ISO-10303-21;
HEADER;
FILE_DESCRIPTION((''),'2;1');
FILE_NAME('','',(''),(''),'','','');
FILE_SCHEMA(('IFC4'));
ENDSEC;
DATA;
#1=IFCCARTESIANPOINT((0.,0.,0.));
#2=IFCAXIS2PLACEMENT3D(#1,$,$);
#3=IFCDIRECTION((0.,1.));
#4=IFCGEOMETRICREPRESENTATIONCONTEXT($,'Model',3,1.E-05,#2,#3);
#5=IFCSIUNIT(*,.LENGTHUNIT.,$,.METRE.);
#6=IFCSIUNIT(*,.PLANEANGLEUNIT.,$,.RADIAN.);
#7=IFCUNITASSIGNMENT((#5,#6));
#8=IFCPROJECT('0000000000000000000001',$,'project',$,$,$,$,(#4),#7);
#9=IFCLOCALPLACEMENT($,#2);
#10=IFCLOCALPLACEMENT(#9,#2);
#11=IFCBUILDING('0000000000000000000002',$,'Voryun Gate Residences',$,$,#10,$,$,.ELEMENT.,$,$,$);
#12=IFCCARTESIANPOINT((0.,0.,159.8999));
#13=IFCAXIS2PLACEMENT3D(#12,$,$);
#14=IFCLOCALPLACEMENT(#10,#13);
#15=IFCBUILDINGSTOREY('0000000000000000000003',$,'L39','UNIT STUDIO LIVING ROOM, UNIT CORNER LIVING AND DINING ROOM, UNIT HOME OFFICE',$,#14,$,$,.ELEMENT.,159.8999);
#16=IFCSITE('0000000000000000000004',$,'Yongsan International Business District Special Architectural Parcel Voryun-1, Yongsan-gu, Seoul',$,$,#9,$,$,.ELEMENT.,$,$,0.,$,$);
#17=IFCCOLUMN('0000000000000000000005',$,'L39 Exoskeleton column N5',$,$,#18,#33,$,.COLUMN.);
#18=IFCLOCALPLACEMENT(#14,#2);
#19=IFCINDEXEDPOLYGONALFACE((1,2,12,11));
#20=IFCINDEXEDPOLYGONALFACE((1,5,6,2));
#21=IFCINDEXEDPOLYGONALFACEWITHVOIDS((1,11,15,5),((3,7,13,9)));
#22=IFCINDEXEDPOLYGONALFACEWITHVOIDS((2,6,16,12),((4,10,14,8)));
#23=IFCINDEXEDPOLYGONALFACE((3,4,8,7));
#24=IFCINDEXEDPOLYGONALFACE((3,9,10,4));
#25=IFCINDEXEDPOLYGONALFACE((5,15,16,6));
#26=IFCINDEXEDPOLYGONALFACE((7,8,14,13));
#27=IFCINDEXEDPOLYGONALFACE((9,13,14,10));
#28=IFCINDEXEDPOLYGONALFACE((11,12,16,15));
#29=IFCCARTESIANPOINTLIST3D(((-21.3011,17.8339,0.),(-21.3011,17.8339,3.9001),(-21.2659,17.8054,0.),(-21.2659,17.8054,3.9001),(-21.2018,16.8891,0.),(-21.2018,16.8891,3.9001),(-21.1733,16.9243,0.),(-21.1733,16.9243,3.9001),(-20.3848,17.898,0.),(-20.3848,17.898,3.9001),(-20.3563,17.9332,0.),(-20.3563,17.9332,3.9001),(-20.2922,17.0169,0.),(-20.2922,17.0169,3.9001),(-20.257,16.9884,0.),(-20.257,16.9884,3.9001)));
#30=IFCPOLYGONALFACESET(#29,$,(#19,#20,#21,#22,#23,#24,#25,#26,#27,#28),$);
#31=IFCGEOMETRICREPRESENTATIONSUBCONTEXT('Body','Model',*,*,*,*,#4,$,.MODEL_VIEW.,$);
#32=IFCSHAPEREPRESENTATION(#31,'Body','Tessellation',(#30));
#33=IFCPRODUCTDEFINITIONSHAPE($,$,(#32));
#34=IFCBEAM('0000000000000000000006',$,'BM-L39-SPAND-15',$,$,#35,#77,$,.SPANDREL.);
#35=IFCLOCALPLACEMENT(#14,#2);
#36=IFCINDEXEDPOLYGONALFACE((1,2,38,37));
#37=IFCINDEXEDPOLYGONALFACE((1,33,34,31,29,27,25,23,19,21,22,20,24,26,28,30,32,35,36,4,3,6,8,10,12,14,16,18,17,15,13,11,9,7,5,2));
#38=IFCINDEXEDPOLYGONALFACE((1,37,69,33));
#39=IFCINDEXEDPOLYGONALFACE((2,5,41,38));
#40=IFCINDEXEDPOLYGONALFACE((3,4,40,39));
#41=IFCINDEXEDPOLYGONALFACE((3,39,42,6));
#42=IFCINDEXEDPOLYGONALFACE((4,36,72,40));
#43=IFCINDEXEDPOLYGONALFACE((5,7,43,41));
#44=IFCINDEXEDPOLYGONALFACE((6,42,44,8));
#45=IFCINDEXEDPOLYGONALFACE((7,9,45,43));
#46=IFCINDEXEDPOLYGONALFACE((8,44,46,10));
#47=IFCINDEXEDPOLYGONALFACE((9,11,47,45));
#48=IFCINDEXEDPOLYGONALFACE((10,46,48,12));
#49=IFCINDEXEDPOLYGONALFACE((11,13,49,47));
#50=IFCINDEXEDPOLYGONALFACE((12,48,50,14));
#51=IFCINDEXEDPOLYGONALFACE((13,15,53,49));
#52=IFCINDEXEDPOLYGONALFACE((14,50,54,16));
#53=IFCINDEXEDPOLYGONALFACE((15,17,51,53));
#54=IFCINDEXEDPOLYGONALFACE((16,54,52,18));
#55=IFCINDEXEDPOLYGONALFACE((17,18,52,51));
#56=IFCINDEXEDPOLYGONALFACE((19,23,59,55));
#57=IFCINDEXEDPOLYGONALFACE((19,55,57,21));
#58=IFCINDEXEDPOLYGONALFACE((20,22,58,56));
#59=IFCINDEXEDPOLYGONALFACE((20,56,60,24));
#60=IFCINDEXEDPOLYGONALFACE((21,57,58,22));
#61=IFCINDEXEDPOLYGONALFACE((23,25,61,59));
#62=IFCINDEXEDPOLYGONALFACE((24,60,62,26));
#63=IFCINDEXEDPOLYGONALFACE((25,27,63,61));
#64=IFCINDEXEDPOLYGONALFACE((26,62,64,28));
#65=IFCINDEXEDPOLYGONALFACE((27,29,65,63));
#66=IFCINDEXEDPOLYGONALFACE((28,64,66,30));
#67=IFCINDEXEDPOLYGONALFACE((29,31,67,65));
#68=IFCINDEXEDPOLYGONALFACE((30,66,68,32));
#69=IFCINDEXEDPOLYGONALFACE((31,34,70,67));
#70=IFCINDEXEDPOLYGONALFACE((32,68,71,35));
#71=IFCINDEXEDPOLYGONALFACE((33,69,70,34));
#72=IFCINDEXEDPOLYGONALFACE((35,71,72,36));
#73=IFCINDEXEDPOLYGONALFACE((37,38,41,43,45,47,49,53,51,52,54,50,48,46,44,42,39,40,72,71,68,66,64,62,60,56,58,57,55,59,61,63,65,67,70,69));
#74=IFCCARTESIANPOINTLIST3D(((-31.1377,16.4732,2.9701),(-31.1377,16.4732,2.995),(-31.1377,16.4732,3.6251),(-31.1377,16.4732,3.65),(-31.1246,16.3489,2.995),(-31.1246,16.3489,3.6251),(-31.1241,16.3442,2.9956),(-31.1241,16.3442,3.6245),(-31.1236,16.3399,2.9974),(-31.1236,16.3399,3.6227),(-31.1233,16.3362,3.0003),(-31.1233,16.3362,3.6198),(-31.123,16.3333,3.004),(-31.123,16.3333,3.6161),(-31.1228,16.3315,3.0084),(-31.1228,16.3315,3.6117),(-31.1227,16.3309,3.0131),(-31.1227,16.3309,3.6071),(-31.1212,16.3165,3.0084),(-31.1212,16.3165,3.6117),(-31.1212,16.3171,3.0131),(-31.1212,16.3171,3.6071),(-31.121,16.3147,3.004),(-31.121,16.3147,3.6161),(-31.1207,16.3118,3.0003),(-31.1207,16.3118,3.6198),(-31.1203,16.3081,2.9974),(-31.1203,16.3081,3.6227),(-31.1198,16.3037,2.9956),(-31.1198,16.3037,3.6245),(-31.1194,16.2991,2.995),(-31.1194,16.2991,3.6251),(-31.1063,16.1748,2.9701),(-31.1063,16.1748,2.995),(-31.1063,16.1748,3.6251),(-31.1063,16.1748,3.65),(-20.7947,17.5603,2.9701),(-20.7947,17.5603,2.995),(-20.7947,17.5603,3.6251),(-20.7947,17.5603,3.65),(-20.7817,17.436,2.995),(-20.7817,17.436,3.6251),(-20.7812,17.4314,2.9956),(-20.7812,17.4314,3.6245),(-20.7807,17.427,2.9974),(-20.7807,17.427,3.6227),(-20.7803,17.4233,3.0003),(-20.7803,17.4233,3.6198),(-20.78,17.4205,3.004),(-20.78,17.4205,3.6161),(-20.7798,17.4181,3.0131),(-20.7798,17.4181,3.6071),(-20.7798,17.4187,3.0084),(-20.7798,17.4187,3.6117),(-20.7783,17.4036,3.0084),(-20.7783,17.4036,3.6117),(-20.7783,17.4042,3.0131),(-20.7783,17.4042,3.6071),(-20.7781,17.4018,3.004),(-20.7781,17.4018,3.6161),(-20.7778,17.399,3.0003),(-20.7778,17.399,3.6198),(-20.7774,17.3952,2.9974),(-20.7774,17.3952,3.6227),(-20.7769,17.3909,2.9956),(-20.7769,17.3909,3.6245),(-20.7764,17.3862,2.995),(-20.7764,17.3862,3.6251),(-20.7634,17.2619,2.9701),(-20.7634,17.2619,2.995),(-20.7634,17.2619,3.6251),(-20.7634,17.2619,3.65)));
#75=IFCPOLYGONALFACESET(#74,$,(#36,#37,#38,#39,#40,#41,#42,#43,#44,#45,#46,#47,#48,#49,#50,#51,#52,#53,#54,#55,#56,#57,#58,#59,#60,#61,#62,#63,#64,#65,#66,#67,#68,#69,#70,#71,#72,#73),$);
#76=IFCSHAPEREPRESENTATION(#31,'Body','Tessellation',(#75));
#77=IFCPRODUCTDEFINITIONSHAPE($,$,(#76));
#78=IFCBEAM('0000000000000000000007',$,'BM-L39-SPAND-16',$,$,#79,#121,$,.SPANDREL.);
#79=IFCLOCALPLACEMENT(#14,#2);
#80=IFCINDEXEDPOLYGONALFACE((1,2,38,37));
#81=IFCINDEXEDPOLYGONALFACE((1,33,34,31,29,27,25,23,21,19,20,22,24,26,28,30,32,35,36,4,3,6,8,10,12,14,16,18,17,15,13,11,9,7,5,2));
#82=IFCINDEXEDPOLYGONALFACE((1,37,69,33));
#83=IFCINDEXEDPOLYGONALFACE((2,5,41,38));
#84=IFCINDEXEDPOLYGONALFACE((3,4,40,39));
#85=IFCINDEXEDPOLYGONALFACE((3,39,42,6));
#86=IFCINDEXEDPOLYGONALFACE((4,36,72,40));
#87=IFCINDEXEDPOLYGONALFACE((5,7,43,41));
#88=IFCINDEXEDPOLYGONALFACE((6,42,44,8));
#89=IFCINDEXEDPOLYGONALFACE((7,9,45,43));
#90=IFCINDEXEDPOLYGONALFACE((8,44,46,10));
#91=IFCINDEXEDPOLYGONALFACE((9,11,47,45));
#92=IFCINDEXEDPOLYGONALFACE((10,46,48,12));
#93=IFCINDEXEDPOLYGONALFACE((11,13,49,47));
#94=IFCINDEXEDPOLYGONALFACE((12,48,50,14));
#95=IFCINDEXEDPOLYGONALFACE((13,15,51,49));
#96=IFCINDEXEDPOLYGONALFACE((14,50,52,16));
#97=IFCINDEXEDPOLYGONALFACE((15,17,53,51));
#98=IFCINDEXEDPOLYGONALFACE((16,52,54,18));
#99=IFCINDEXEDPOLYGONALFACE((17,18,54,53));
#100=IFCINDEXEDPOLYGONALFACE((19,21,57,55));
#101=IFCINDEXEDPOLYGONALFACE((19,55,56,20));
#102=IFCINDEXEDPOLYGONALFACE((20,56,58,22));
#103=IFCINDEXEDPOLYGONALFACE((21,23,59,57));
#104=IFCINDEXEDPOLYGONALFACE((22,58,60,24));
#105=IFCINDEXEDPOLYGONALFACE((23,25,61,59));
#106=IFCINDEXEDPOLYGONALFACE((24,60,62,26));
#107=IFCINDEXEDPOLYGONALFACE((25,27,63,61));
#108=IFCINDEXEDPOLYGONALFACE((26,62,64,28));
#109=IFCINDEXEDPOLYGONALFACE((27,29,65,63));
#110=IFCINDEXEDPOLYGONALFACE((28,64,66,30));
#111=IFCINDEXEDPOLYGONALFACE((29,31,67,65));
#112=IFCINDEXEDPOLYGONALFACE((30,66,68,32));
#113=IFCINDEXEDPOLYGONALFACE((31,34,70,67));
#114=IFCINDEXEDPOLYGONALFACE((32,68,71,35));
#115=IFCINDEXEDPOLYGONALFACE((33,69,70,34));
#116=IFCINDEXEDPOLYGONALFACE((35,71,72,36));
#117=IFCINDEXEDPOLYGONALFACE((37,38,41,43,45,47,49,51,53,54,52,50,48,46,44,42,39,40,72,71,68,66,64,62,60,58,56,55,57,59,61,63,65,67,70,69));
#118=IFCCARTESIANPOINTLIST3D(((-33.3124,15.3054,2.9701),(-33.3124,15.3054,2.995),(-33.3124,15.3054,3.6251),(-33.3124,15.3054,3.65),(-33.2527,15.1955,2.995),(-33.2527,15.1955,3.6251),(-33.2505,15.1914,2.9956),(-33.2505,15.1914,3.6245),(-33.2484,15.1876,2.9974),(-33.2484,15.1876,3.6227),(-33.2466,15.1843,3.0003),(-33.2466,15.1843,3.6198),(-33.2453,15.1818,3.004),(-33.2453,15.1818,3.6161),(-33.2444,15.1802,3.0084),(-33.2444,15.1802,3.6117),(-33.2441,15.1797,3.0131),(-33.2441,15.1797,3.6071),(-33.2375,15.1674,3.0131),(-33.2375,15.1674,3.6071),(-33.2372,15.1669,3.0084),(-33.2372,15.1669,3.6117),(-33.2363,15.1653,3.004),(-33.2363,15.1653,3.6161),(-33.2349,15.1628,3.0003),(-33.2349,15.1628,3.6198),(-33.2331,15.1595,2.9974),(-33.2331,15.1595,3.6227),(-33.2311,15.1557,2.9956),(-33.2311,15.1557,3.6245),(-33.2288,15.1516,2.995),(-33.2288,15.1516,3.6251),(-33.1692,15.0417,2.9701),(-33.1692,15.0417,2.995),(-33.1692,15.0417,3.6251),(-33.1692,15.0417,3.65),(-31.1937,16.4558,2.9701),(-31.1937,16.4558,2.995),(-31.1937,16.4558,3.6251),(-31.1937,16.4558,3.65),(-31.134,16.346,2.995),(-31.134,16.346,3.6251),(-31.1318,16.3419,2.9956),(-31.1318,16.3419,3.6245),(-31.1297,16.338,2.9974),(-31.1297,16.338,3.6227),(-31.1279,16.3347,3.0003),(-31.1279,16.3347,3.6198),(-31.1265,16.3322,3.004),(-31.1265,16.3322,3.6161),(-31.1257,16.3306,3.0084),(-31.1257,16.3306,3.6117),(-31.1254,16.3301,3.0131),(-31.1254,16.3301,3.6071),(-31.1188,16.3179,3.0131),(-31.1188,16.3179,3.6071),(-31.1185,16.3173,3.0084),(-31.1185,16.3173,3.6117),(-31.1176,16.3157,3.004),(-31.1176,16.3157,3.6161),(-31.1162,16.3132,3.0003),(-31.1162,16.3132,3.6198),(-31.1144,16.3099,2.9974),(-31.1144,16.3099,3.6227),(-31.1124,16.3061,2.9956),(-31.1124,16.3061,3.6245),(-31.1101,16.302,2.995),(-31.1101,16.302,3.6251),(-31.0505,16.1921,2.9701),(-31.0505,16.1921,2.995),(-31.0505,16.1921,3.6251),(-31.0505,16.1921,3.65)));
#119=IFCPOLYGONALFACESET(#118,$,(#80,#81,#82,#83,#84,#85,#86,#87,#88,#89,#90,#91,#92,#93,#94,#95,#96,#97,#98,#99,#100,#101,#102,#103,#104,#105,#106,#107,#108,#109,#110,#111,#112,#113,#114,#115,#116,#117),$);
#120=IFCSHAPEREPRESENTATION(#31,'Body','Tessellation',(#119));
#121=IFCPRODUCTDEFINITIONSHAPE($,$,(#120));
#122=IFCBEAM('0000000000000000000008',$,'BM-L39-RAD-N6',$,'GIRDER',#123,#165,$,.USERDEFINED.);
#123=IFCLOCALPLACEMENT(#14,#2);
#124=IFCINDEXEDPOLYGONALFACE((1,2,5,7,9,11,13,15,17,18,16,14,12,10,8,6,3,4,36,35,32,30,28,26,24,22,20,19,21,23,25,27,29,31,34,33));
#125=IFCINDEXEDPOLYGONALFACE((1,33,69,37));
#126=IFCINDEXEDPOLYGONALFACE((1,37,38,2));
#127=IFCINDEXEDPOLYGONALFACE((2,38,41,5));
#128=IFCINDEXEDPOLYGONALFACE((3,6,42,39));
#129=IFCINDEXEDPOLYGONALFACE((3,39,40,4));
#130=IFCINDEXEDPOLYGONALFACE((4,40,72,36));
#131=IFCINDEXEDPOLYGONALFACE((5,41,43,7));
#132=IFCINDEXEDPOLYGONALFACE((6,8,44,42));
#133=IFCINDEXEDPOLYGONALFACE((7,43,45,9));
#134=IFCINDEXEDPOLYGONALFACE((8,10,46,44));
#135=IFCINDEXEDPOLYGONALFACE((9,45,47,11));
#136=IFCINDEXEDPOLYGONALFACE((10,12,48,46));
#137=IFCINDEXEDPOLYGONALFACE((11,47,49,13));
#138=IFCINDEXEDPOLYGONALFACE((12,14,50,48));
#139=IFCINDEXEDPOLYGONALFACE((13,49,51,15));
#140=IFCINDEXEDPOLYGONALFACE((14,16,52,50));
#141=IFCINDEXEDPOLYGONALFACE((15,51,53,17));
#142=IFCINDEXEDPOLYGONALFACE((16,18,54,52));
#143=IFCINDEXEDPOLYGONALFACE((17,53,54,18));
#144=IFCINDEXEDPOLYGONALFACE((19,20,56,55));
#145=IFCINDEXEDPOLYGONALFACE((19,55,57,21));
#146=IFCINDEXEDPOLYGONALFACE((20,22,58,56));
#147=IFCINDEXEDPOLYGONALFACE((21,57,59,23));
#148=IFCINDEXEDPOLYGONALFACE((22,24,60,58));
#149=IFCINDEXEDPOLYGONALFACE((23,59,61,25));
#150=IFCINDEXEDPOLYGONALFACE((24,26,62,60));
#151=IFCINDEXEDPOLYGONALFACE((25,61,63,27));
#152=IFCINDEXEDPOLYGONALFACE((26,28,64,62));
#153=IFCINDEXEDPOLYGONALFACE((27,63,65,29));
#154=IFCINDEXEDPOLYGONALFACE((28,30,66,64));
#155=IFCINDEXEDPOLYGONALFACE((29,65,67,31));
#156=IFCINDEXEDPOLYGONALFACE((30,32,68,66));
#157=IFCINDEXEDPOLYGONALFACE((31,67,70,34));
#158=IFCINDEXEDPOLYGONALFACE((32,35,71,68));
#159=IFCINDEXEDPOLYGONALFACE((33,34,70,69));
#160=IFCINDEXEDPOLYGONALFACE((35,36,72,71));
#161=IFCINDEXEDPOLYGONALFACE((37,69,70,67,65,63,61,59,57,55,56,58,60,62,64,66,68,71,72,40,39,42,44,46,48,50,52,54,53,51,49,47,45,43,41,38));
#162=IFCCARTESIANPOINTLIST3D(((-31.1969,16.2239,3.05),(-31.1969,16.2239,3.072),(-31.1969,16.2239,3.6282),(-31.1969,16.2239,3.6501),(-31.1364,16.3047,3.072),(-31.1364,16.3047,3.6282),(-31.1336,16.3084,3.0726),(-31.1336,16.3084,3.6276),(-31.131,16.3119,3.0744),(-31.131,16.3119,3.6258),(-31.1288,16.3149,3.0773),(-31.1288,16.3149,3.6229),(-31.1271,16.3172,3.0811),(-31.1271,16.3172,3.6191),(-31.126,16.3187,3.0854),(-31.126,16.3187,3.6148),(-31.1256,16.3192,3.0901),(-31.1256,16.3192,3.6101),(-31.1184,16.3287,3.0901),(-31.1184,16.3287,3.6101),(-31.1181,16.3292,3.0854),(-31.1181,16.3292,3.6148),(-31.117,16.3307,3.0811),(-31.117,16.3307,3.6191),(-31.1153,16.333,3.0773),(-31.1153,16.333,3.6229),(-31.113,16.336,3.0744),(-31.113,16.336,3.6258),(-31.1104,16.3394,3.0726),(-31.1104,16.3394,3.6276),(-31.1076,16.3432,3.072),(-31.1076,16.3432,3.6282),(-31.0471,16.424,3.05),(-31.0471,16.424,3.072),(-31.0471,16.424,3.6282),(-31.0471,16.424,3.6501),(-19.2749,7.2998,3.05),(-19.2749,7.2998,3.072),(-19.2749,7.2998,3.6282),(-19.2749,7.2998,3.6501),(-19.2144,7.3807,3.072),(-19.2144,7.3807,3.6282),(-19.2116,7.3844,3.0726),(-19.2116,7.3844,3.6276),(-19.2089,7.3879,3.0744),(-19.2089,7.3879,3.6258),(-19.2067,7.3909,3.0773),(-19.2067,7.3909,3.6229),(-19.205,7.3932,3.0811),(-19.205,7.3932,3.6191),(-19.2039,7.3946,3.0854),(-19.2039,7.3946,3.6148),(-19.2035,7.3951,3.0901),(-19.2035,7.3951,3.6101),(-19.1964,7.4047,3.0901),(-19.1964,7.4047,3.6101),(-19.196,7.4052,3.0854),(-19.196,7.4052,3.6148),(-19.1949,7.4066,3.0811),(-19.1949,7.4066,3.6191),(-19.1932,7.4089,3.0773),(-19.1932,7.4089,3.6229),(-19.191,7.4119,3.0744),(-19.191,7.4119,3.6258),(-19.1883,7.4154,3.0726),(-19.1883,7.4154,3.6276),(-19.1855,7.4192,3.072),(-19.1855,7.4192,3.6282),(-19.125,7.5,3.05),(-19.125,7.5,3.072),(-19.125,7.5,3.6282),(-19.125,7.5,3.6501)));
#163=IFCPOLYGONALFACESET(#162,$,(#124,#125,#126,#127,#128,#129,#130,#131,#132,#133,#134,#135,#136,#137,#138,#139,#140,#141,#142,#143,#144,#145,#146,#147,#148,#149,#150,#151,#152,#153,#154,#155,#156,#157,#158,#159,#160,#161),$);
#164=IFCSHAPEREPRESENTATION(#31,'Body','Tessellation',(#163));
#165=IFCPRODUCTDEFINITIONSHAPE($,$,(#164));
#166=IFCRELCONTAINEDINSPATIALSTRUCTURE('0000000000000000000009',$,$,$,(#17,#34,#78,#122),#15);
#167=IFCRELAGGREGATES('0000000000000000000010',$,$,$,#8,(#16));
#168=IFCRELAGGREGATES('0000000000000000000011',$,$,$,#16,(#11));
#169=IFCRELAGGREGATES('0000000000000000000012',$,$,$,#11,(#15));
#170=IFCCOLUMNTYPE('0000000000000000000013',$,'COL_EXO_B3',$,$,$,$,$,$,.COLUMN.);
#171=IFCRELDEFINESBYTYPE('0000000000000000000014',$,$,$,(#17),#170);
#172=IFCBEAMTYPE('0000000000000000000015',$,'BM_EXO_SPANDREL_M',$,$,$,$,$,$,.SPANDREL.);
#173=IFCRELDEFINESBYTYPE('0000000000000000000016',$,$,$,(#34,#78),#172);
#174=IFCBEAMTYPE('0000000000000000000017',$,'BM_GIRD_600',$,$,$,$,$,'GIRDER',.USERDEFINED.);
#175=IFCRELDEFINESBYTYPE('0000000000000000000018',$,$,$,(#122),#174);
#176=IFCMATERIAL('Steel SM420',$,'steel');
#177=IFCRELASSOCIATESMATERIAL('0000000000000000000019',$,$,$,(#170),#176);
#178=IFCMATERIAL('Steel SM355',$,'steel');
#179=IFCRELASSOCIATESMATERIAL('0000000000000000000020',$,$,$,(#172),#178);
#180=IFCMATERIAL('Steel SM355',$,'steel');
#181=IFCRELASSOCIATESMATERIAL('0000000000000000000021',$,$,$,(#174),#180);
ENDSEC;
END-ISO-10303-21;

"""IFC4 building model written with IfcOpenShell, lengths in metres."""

from ifc_helpers import new_model, si_unit, direction, frame, origin, origin_2d, place, context, subcontext, project, spatial, hollow_rectangle, i_section, extrude, material, material_profile, profile_set, type_object, element, save


model = new_model("IFC4")

# Units and contexts
model_context = context("Model", 3, precision=1e-05, world=origin(), true_north=direction((0.0, 1.0)))
body_context = subcontext(model_context, "Body", "Model", "MODEL_VIEW")
ifc_project = project(units=[si_unit("LENGTHUNIT", "METRE"), si_unit("PLANEANGLEUNIT", "RADIAN")], contexts=[model_context])

# Site, building, storey
site_placement = place(None, origin())
site = spatial("IfcSite", under=ifc_project, at=site_placement, Name="Yongsan International Business District Special Architectural Parcel Voryun-1, Yongsan-gu, Seoul", CompositionType="ELEMENT", RefElevation=0.0)
building_placement = place(site_placement, origin())
building = spatial("IfcBuilding", under=site, at=building_placement, Name="Voryun Gate Residences", CompositionType="ELEMENT")
storey_placement = place(building_placement, frame((0.0, 0.0, 159.8999)))
storey = spatial("IfcBuildingStorey", under=building, at=storey_placement, Name="L39", Description="UNIT STUDIO LIVING ROOM, UNIT CORNER LIVING AND DINING ROOM, UNIT HOME OFFICE", CompositionType="ELEMENT", Elevation=159.8999)

# Column
ifc_material_1 = material(Name="Steel SM420", Category="steel")
ifc_material_profile_1 = material_profile(ifc_material_1, hollow_rectangle(XDim=0.95, YDim=0.95, WallThickness=0.032, at=origin_2d()), Name="BOX-950x950x32")
ifc_profile_set_1 = profile_set([ifc_material_profile_1], Name="Steel SM420")
column_type = type_object("IfcColumnType", Name="COL_EXO_B3", PredefinedType="COLUMN", material=ifc_profile_set_1)
column_placement = place(storey_placement, frame((-20.7791, 17.4111, 0.0), z_axis=(0.0, 0.0, 1.0), x_axis=(0.994522, 0.104528, 0.0)))
element("IfcColumn", 1, at=column_placement, inside=storey, type_object=column_type, Name="L39 Exoskeleton column N5", PredefinedType="COLUMN", context=body_context, shape_type="SweptSolid", body=[
    extrude(hollow_rectangle(XDim=0.95, YDim=0.95, WallThickness=0.032, at=origin_2d()), origin(), (0.0, 0.0, 1.0), 3.9001),
])

# Beams
ifc_material_2 = material(Name="Steel SM355", Category="steel")
ifc_material_profile_2 = material_profile(ifc_material_2, i_section(OverallWidth=0.3, OverallDepth=0.6799, WebThickness=0.0139, FlangeThickness=0.0249, FilletRadius=0.0181, at=origin_2d()), Name="H-680x300x14x25")
ifc_profile_set_2 = profile_set([ifc_material_profile_2], Name="Steel SM355")
beam_type_1 = type_object("IfcBeamType", Name="BM_EXO_SPANDREL_M", PredefinedType="SPANDREL", material=ifc_profile_set_2)
beam_1_placement = place(storey_placement, frame((-20.7791, 17.4111, 3.3101), z_axis=(-0.994521, -0.104534, 0.0), x_axis=(0.104534, -0.994521, 0.0)))
element("IfcBeam", 2, at=beam_1_placement, inside=storey, type_object=beam_type_1, Name="BM-L39-SPAND-15", PredefinedType="SPANDREL", context=body_context, shape_type="SweptSolid", body=[
    extrude(i_section(OverallWidth=0.3, OverallDepth=0.6799, WebThickness=0.0139, FlangeThickness=0.0249, FilletRadius=0.0181, at=origin_2d()), origin(), (0.0, 0.0, 1.0), 10.3999),
])
beam_2_placement = place(storey_placement, frame((-31.1221, 16.324, 3.3101), z_axis=(-0.878807, -0.477177, 0.0), x_axis=(0.477177, -0.878807, 0.0)))
element("IfcBeam", 3, at=beam_2_placement, inside=storey, type_object=beam_type_1, Name="BM-L39-SPAND-16", PredefinedType="SPANDREL", context=body_context, shape_type="SweptSolid", body=[
    extrude(i_section(OverallWidth=0.3, OverallDepth=0.6799, WebThickness=0.0139, FlangeThickness=0.0249, FilletRadius=0.0181, at=origin_2d()), origin(), (0.0, 0.0, 1.0), 2.4109),
])
ifc_material_3 = material(Name="Steel SM355", Category="steel")
ifc_material_profile_3 = material_profile(ifc_material_3, i_section(OverallWidth=0.25, OverallDepth=0.6001, WebThickness=0.012, FlangeThickness=0.022, FilletRadius=0.0181, at=origin_2d()), Name="H-600x250x12x22")
ifc_profile_set_3 = profile_set([ifc_material_profile_3], Name="Steel SM355")
beam_type_2 = type_object("IfcBeamType", Name="BM_GIRD_600", ElementType="GIRDER", PredefinedType="USERDEFINED", material=ifc_profile_set_3)
beam_3_placement = place(storey_placement, frame((-19.2, 7.3999, 3.3501), z_axis=(-0.800564, 0.599247, 0.0), x_axis=(-0.599247, -0.800564, 0.0)))
element("IfcBeam", 4, at=beam_3_placement, inside=storey, type_object=beam_type_2, Name="BM-L39-RAD-N6", ObjectType="GIRDER", PredefinedType="USERDEFINED", context=body_context, shape_type="SweptSolid", body=[
    extrude(i_section(OverallWidth=0.25, OverallDepth=0.6001, WebThickness=0.012, FlangeThickness=0.022, FilletRadius=0.0181, at=origin_2d()), origin(), (0.0, 0.0, 1.0), 14.8921),
])

save(model, "model.ifc")
